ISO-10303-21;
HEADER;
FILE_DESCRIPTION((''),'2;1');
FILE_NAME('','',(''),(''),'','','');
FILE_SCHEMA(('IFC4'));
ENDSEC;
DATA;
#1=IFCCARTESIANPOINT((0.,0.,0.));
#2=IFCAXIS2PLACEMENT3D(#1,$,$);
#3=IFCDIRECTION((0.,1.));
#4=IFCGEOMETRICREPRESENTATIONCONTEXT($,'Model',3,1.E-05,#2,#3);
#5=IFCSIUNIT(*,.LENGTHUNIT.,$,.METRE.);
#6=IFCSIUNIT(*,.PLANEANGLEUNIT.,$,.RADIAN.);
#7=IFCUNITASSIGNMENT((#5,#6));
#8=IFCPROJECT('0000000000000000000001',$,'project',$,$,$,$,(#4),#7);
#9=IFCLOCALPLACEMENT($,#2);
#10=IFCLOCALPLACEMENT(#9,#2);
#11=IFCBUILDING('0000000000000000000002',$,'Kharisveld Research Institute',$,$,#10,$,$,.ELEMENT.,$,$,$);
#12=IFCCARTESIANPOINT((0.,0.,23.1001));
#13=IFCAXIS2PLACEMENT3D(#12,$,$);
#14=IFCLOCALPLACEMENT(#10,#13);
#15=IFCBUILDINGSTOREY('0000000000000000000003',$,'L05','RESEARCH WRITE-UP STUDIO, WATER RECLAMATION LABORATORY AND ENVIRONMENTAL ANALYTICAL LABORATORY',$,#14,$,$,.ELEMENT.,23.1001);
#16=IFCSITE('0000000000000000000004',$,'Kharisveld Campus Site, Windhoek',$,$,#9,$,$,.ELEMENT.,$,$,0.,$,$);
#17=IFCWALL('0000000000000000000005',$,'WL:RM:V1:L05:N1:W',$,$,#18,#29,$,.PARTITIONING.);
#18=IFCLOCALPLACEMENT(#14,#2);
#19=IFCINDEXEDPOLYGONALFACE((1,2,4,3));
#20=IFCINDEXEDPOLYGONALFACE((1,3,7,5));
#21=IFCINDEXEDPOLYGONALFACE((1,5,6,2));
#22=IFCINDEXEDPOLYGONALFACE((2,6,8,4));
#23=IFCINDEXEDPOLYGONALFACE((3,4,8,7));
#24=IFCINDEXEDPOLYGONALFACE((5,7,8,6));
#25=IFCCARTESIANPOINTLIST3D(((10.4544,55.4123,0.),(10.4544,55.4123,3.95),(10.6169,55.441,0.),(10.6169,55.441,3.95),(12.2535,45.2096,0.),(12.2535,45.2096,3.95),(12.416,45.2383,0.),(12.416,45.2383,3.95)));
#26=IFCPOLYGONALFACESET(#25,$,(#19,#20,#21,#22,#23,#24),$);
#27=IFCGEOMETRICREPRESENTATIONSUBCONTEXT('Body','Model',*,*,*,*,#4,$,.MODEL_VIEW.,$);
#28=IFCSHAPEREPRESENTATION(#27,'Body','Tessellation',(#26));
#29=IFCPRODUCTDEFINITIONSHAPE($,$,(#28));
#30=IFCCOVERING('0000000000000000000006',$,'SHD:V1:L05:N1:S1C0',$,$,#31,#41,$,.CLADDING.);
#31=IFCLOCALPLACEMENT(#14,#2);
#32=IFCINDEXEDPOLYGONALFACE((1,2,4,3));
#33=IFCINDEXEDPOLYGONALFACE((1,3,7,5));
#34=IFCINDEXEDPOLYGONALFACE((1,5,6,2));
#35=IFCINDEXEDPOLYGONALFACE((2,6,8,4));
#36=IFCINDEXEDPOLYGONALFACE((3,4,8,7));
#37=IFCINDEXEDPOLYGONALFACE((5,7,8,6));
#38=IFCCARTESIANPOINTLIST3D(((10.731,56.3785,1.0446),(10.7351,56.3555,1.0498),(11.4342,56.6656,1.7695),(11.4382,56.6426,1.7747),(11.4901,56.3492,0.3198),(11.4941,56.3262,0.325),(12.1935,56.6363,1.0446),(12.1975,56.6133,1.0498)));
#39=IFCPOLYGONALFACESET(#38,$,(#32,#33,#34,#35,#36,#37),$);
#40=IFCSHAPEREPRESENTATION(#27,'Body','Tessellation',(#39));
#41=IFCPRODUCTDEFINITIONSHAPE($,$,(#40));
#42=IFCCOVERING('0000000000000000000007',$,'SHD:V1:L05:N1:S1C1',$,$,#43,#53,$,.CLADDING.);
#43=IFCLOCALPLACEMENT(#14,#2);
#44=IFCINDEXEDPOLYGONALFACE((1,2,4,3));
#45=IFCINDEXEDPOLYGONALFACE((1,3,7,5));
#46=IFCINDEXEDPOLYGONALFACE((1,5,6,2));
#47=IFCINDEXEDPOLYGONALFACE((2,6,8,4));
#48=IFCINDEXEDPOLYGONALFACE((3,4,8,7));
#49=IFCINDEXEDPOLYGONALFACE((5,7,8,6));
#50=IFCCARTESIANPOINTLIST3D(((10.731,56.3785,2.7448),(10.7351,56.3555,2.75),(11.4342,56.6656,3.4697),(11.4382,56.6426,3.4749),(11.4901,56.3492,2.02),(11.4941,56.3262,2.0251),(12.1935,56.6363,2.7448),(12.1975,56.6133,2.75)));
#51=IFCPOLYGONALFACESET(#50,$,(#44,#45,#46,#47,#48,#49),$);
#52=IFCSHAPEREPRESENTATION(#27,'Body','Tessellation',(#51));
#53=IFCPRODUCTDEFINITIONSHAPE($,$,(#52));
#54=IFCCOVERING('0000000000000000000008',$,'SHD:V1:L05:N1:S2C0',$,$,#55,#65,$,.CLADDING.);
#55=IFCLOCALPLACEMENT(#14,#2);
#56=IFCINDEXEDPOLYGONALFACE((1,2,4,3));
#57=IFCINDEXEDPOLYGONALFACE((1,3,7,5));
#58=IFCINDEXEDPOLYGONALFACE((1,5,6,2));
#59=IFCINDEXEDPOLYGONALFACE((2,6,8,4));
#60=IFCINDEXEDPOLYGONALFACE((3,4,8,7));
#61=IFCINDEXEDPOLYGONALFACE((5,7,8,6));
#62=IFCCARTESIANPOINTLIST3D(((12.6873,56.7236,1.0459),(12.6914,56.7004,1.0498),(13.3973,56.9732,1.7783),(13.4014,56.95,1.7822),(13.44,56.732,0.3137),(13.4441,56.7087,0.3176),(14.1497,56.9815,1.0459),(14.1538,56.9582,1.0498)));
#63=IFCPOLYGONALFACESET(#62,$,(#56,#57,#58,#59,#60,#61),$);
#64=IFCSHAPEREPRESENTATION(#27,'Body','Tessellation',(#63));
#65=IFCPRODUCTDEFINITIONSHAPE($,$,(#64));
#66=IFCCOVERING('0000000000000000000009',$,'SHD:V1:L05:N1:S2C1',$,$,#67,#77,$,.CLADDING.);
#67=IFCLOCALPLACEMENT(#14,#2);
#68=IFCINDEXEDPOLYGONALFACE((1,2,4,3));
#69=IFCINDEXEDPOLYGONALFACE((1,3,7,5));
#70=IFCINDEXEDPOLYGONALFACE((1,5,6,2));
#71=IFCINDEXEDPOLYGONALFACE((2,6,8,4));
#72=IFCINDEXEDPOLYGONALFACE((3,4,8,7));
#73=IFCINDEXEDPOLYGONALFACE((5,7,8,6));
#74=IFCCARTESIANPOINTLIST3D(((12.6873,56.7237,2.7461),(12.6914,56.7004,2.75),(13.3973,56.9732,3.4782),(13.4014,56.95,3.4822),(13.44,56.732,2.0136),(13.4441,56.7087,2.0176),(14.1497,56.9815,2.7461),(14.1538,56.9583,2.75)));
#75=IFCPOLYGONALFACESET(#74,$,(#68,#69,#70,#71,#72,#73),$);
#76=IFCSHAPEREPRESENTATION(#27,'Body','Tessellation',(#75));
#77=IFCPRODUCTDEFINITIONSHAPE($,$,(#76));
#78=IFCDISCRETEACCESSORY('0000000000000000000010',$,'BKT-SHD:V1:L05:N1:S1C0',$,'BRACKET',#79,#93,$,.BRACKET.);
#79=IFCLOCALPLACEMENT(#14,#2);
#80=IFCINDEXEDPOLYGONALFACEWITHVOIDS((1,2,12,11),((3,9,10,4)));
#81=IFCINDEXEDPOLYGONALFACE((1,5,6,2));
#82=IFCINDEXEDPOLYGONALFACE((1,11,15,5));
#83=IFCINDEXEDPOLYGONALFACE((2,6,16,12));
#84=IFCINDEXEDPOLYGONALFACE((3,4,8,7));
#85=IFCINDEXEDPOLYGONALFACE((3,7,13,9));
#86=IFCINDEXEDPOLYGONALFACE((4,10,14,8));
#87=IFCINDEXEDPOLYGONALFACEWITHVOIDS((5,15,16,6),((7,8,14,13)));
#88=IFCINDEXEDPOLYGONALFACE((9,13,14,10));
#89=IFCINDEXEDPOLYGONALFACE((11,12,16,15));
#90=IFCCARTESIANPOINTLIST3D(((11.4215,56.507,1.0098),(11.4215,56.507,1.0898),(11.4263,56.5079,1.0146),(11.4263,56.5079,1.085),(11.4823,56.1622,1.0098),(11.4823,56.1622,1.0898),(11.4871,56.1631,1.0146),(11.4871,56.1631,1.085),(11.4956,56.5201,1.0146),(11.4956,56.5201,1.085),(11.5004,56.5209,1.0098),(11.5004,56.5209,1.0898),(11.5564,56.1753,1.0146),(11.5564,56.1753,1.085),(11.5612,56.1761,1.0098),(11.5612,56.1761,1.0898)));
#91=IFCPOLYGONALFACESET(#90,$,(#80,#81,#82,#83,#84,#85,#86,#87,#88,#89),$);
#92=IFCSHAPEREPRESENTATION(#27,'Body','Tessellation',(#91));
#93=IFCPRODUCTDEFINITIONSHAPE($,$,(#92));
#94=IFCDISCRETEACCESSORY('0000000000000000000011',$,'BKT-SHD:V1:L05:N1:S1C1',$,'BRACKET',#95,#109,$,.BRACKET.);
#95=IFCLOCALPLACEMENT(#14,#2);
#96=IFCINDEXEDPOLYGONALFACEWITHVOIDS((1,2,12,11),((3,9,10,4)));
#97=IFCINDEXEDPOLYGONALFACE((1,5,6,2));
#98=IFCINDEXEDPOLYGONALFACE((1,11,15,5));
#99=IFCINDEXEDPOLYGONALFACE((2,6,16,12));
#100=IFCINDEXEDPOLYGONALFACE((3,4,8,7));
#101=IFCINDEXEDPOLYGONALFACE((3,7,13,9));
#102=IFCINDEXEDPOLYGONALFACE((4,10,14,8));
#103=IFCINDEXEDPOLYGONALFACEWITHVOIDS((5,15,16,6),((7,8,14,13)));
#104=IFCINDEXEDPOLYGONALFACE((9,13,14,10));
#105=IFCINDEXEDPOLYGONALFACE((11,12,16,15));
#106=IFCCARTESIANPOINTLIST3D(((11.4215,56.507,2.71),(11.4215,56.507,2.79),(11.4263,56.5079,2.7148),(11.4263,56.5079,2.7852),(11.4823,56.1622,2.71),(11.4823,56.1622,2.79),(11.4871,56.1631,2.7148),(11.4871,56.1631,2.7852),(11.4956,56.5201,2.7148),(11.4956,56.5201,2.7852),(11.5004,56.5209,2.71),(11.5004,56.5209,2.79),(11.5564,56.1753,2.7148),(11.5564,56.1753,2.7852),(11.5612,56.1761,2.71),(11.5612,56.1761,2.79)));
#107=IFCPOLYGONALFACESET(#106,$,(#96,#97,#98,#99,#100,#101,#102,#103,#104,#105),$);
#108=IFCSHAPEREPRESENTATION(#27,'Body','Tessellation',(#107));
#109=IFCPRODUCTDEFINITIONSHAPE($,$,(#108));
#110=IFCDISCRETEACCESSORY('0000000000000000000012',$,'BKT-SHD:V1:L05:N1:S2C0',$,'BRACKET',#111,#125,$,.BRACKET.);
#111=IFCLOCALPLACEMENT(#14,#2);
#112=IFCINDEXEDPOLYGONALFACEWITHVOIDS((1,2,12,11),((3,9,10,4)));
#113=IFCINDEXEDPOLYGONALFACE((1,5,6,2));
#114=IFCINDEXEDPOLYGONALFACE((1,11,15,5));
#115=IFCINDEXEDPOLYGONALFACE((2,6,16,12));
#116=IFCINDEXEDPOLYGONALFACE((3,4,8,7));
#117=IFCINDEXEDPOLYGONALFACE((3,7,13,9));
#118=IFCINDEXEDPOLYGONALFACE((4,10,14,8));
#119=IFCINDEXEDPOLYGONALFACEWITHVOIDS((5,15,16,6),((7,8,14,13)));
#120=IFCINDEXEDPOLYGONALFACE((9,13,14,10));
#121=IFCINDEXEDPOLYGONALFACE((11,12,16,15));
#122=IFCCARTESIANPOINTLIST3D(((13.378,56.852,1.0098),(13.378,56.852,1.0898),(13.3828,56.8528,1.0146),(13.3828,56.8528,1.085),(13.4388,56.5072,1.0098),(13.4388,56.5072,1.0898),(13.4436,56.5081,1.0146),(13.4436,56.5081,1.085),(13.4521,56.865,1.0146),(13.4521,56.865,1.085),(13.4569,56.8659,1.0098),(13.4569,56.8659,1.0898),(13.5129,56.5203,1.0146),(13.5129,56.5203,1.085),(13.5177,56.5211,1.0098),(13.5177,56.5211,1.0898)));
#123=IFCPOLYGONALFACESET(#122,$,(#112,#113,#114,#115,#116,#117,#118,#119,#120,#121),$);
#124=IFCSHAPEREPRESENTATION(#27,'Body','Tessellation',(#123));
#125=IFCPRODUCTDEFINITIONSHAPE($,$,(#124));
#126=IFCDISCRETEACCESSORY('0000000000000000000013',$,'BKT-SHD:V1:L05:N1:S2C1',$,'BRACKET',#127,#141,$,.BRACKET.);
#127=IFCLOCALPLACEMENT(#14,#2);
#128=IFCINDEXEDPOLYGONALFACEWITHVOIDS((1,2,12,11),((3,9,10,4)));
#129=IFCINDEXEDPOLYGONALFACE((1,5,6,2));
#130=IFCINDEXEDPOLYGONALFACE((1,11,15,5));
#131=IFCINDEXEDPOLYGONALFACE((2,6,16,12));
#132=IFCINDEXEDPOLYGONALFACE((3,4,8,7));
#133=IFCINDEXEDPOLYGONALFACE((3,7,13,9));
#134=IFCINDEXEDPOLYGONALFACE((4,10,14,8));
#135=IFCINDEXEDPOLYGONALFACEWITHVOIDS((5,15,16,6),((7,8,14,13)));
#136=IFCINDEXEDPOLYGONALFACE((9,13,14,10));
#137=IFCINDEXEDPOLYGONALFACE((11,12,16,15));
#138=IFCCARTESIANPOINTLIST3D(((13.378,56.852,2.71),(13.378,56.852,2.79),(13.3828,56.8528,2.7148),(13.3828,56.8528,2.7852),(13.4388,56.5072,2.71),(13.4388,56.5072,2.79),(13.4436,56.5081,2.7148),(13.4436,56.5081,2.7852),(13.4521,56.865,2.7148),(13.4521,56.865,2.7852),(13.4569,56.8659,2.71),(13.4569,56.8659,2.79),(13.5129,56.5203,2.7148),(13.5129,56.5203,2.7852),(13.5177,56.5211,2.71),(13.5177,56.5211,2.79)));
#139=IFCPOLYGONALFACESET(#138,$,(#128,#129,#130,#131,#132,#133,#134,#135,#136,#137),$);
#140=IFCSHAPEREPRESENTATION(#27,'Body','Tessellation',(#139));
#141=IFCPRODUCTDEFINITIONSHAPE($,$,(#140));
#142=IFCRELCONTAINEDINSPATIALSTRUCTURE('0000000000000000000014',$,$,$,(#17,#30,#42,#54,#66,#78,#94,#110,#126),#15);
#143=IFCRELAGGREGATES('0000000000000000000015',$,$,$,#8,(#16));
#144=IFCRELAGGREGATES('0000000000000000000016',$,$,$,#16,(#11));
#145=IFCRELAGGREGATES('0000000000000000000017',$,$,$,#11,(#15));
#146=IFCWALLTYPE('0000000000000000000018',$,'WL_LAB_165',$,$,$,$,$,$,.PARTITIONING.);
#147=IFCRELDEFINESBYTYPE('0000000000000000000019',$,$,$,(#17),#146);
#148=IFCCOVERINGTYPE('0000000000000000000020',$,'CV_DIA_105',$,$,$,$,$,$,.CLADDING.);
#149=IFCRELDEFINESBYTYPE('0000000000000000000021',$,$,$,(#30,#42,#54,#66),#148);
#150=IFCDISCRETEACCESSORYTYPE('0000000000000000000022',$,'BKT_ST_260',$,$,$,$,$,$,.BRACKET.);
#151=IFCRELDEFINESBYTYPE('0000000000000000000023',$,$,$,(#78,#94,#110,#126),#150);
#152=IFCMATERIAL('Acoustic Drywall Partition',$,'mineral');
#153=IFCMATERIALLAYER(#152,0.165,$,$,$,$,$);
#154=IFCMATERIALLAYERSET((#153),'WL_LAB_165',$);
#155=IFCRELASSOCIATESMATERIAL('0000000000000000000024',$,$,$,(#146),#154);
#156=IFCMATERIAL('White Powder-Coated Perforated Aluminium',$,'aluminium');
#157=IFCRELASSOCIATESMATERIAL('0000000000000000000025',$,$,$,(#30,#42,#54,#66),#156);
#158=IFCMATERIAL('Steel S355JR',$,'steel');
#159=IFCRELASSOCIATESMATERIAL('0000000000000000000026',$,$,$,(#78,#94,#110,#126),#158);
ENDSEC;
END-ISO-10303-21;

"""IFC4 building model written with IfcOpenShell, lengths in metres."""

from ifc_helpers import new_model, si_unit, direction, frame, frame_2d, origin, origin_2d, place, context, subcontext, project, spatial, polyline, rectangle, hollow_rectangle, outline, extrude, material, layer, layer_set, type_object, element, save


model = new_model("IFC4")

# Units and contexts
model_context = context("Model", 3, precision=1e-05, world=origin(), true_north=direction((0.0, 1.0)))
body_context = subcontext(model_context, "Body", "Model", "MODEL_VIEW")
ifc_project = project(units=[si_unit("LENGTHUNIT", "METRE"), si_unit("PLANEANGLEUNIT", "RADIAN")], contexts=[model_context])

# Site, building, storey
site_placement = place(None, origin())
site = spatial("IfcSite", under=ifc_project, at=site_placement, Name="Kharisveld Campus Site, Windhoek", CompositionType="ELEMENT", RefElevation=0.0)
building_placement = place(site_placement, origin())
building = spatial("IfcBuilding", under=site, at=building_placement, Name="Kharisveld Research Institute", CompositionType="ELEMENT")
storey_placement = place(building_placement, frame((0.0, 0.0, 23.1001)))
storey = spatial("IfcBuildingStorey", under=building, at=storey_placement, Name="L05", Description="RESEARCH WRITE-UP STUDIO, WATER RECLAMATION LABORATORY AND ENVIRONMENTAL ANALYTICAL LABORATORY", CompositionType="ELEMENT", Elevation=23.1001)

# Wall
ifc_material_1 = material(Name="Acoustic Drywall Partition", Category="mineral")
ifc_layer_1 = layer(ifc_material_1, 0.165)
ifc_layer_set_1 = layer_set([ifc_layer_1], Name="WL_LAB_165")
wall_type = type_object("IfcWallType", Name="WL_LAB_165", PredefinedType="PARTITIONING", material=ifc_layer_set_1)
wall_placement = place(storey_placement, frame((10.5356, 55.4268, 0.0), z_axis=(0.0, 0.0, 1.0), x_axis=(0.173655, -0.984807, 0.0)))
element("IfcWall", 1, at=wall_placement, inside=storey, type_object=wall_type, Name="WL:RM:V1:L05:N1:W", PredefinedType="PARTITIONING", context=body_context, shape_type="SweptSolid", body=[
    extrude(rectangle(XDim=10.3601, YDim=0.165, at=frame_2d((5.1802, 0.0))), origin(), (0.0, 0.0, 1.0), 3.95),
])

# Coverings
ifc_material_2 = material(Name="White Powder-Coated Perforated Aluminium", Category="aluminium")
covering_type = type_object("IfcCoveringType", Name="CV_DIA_105", PredefinedType="CLADDING")
for number, where, z_axis, x_axis, name in (
    (2, (11.4941, 56.3262, 0.325), (0.169503, -0.961481, 0.216385), (0.66985, 0.273447, 0.69031), "SHD:V1:L05:N1:S1C0"),
    (3, (11.4941, 56.3262, 2.0251), (0.169503, -0.961481, 0.216385), (0.66985, 0.273447, 0.69031), "SHD:V1:L05:N1:S1C1"),
):
    element("IfcCovering", number, at=place(storey_placement, frame(where, z_axis=z_axis, x_axis=x_axis)), inside=storey, type_object=covering_type, material=ifc_material_2, Name=name, PredefinedType="CLADDING", context=body_context, shape_type="SweptSolid", body=[
        extrude(outline(polyline([(0.0, 0.0), (1.05, 0.0), (1.0498, 1.0501), (-0.0001, 1.05), (0.0, 0.0)])), origin(), (0.0, 0.0, -1.0), 0.0239),
    ])
covering_1_placement = place(storey_placement, frame((13.4441, 56.7087, 0.3176), z_axis=(0.171238, -0.971321, 0.164966), x_axis=(0.676069, 0.237642, 0.697465)))
element("IfcCovering", 4, at=covering_1_placement, inside=storey, type_object=covering_type, material=ifc_material_2, Name="SHD:V1:L05:N1:S2C0", PredefinedType="CLADDING", context=body_context, shape_type="SweptSolid", body=[
    extrude(outline(polyline([(0.0, 0.0), (1.0498, 0.0), (1.0499, 1.0501), (-0.0002, 1.0501), (0.0, 0.0)])), origin(), (0.0, 0.0, -1.0), 0.0239),
])
covering_2_placement = place(storey_placement, frame((13.4441, 56.7087, 2.0176), z_axis=(0.171238, -0.971321, 0.164966), x_axis=(0.675953, 0.237641, 0.697578)))
element("IfcCovering", 5, at=covering_2_placement, inside=storey, type_object=covering_type, material=ifc_material_2, Name="SHD:V1:L05:N1:S2C1", PredefinedType="CLADDING", context=body_context, shape_type="SweptSolid", body=[
    extrude(outline(polyline([(0.0, 0.0), (1.05, 0.0), (1.0501, 1.0499), (0.0002, 1.0503), (0.0, 0.0)])), origin(), (0.0, 0.0, -1.0), 0.0239),
])

# Discrete accessories
ifc_material_3 = material(Name="Steel S355JR", Category="steel")
discrete_accessory_type = type_object("IfcDiscreteAccessoryType", Name="BKT_ST_260", PredefinedType="BRACKET")
for number, where, z_axis, x_axis, name in (
    (6, (11.5217, 56.1692, 1.0498), (-0.173666, 0.984805, 0.0), (-0.984805, -0.173666, 0.0), "BKT-SHD:V1:L05:N1:S1C0"),
    (7, (11.5217, 56.1692, 2.75), (-0.173666, 0.984805, 0.0), (-0.984805, -0.173666, 0.0), "BKT-SHD:V1:L05:N1:S1C1"),
    (8, (13.4783, 56.5142, 1.0498), (-0.173666, 0.984805, 0.0), (-0.984805, -0.173666, 0.0), "BKT-SHD:V1:L05:N1:S2C0"),
    (9, (13.4783, 56.5142, 2.75), (-0.173666, 0.984805, 0.0), (-0.984805, -0.173666, 0.0), "BKT-SHD:V1:L05:N1:S2C1"),
):
    element("IfcDiscreteAccessory", number, at=place(storey_placement, frame(where, z_axis=z_axis, x_axis=x_axis)), inside=storey, type_object=discrete_accessory_type, material=ifc_material_3, Name=name, ObjectType="BRACKET", PredefinedType="BRACKET", context=body_context, shape_type="SweptSolid", body=[
        extrude(hollow_rectangle(XDim=0.0801, YDim=0.0801, WallThickness=0.0049, at=origin_2d()), origin(), (0.0, 0.0, 1.0), 0.3501),
    ])

save(model, "model.ifc")
